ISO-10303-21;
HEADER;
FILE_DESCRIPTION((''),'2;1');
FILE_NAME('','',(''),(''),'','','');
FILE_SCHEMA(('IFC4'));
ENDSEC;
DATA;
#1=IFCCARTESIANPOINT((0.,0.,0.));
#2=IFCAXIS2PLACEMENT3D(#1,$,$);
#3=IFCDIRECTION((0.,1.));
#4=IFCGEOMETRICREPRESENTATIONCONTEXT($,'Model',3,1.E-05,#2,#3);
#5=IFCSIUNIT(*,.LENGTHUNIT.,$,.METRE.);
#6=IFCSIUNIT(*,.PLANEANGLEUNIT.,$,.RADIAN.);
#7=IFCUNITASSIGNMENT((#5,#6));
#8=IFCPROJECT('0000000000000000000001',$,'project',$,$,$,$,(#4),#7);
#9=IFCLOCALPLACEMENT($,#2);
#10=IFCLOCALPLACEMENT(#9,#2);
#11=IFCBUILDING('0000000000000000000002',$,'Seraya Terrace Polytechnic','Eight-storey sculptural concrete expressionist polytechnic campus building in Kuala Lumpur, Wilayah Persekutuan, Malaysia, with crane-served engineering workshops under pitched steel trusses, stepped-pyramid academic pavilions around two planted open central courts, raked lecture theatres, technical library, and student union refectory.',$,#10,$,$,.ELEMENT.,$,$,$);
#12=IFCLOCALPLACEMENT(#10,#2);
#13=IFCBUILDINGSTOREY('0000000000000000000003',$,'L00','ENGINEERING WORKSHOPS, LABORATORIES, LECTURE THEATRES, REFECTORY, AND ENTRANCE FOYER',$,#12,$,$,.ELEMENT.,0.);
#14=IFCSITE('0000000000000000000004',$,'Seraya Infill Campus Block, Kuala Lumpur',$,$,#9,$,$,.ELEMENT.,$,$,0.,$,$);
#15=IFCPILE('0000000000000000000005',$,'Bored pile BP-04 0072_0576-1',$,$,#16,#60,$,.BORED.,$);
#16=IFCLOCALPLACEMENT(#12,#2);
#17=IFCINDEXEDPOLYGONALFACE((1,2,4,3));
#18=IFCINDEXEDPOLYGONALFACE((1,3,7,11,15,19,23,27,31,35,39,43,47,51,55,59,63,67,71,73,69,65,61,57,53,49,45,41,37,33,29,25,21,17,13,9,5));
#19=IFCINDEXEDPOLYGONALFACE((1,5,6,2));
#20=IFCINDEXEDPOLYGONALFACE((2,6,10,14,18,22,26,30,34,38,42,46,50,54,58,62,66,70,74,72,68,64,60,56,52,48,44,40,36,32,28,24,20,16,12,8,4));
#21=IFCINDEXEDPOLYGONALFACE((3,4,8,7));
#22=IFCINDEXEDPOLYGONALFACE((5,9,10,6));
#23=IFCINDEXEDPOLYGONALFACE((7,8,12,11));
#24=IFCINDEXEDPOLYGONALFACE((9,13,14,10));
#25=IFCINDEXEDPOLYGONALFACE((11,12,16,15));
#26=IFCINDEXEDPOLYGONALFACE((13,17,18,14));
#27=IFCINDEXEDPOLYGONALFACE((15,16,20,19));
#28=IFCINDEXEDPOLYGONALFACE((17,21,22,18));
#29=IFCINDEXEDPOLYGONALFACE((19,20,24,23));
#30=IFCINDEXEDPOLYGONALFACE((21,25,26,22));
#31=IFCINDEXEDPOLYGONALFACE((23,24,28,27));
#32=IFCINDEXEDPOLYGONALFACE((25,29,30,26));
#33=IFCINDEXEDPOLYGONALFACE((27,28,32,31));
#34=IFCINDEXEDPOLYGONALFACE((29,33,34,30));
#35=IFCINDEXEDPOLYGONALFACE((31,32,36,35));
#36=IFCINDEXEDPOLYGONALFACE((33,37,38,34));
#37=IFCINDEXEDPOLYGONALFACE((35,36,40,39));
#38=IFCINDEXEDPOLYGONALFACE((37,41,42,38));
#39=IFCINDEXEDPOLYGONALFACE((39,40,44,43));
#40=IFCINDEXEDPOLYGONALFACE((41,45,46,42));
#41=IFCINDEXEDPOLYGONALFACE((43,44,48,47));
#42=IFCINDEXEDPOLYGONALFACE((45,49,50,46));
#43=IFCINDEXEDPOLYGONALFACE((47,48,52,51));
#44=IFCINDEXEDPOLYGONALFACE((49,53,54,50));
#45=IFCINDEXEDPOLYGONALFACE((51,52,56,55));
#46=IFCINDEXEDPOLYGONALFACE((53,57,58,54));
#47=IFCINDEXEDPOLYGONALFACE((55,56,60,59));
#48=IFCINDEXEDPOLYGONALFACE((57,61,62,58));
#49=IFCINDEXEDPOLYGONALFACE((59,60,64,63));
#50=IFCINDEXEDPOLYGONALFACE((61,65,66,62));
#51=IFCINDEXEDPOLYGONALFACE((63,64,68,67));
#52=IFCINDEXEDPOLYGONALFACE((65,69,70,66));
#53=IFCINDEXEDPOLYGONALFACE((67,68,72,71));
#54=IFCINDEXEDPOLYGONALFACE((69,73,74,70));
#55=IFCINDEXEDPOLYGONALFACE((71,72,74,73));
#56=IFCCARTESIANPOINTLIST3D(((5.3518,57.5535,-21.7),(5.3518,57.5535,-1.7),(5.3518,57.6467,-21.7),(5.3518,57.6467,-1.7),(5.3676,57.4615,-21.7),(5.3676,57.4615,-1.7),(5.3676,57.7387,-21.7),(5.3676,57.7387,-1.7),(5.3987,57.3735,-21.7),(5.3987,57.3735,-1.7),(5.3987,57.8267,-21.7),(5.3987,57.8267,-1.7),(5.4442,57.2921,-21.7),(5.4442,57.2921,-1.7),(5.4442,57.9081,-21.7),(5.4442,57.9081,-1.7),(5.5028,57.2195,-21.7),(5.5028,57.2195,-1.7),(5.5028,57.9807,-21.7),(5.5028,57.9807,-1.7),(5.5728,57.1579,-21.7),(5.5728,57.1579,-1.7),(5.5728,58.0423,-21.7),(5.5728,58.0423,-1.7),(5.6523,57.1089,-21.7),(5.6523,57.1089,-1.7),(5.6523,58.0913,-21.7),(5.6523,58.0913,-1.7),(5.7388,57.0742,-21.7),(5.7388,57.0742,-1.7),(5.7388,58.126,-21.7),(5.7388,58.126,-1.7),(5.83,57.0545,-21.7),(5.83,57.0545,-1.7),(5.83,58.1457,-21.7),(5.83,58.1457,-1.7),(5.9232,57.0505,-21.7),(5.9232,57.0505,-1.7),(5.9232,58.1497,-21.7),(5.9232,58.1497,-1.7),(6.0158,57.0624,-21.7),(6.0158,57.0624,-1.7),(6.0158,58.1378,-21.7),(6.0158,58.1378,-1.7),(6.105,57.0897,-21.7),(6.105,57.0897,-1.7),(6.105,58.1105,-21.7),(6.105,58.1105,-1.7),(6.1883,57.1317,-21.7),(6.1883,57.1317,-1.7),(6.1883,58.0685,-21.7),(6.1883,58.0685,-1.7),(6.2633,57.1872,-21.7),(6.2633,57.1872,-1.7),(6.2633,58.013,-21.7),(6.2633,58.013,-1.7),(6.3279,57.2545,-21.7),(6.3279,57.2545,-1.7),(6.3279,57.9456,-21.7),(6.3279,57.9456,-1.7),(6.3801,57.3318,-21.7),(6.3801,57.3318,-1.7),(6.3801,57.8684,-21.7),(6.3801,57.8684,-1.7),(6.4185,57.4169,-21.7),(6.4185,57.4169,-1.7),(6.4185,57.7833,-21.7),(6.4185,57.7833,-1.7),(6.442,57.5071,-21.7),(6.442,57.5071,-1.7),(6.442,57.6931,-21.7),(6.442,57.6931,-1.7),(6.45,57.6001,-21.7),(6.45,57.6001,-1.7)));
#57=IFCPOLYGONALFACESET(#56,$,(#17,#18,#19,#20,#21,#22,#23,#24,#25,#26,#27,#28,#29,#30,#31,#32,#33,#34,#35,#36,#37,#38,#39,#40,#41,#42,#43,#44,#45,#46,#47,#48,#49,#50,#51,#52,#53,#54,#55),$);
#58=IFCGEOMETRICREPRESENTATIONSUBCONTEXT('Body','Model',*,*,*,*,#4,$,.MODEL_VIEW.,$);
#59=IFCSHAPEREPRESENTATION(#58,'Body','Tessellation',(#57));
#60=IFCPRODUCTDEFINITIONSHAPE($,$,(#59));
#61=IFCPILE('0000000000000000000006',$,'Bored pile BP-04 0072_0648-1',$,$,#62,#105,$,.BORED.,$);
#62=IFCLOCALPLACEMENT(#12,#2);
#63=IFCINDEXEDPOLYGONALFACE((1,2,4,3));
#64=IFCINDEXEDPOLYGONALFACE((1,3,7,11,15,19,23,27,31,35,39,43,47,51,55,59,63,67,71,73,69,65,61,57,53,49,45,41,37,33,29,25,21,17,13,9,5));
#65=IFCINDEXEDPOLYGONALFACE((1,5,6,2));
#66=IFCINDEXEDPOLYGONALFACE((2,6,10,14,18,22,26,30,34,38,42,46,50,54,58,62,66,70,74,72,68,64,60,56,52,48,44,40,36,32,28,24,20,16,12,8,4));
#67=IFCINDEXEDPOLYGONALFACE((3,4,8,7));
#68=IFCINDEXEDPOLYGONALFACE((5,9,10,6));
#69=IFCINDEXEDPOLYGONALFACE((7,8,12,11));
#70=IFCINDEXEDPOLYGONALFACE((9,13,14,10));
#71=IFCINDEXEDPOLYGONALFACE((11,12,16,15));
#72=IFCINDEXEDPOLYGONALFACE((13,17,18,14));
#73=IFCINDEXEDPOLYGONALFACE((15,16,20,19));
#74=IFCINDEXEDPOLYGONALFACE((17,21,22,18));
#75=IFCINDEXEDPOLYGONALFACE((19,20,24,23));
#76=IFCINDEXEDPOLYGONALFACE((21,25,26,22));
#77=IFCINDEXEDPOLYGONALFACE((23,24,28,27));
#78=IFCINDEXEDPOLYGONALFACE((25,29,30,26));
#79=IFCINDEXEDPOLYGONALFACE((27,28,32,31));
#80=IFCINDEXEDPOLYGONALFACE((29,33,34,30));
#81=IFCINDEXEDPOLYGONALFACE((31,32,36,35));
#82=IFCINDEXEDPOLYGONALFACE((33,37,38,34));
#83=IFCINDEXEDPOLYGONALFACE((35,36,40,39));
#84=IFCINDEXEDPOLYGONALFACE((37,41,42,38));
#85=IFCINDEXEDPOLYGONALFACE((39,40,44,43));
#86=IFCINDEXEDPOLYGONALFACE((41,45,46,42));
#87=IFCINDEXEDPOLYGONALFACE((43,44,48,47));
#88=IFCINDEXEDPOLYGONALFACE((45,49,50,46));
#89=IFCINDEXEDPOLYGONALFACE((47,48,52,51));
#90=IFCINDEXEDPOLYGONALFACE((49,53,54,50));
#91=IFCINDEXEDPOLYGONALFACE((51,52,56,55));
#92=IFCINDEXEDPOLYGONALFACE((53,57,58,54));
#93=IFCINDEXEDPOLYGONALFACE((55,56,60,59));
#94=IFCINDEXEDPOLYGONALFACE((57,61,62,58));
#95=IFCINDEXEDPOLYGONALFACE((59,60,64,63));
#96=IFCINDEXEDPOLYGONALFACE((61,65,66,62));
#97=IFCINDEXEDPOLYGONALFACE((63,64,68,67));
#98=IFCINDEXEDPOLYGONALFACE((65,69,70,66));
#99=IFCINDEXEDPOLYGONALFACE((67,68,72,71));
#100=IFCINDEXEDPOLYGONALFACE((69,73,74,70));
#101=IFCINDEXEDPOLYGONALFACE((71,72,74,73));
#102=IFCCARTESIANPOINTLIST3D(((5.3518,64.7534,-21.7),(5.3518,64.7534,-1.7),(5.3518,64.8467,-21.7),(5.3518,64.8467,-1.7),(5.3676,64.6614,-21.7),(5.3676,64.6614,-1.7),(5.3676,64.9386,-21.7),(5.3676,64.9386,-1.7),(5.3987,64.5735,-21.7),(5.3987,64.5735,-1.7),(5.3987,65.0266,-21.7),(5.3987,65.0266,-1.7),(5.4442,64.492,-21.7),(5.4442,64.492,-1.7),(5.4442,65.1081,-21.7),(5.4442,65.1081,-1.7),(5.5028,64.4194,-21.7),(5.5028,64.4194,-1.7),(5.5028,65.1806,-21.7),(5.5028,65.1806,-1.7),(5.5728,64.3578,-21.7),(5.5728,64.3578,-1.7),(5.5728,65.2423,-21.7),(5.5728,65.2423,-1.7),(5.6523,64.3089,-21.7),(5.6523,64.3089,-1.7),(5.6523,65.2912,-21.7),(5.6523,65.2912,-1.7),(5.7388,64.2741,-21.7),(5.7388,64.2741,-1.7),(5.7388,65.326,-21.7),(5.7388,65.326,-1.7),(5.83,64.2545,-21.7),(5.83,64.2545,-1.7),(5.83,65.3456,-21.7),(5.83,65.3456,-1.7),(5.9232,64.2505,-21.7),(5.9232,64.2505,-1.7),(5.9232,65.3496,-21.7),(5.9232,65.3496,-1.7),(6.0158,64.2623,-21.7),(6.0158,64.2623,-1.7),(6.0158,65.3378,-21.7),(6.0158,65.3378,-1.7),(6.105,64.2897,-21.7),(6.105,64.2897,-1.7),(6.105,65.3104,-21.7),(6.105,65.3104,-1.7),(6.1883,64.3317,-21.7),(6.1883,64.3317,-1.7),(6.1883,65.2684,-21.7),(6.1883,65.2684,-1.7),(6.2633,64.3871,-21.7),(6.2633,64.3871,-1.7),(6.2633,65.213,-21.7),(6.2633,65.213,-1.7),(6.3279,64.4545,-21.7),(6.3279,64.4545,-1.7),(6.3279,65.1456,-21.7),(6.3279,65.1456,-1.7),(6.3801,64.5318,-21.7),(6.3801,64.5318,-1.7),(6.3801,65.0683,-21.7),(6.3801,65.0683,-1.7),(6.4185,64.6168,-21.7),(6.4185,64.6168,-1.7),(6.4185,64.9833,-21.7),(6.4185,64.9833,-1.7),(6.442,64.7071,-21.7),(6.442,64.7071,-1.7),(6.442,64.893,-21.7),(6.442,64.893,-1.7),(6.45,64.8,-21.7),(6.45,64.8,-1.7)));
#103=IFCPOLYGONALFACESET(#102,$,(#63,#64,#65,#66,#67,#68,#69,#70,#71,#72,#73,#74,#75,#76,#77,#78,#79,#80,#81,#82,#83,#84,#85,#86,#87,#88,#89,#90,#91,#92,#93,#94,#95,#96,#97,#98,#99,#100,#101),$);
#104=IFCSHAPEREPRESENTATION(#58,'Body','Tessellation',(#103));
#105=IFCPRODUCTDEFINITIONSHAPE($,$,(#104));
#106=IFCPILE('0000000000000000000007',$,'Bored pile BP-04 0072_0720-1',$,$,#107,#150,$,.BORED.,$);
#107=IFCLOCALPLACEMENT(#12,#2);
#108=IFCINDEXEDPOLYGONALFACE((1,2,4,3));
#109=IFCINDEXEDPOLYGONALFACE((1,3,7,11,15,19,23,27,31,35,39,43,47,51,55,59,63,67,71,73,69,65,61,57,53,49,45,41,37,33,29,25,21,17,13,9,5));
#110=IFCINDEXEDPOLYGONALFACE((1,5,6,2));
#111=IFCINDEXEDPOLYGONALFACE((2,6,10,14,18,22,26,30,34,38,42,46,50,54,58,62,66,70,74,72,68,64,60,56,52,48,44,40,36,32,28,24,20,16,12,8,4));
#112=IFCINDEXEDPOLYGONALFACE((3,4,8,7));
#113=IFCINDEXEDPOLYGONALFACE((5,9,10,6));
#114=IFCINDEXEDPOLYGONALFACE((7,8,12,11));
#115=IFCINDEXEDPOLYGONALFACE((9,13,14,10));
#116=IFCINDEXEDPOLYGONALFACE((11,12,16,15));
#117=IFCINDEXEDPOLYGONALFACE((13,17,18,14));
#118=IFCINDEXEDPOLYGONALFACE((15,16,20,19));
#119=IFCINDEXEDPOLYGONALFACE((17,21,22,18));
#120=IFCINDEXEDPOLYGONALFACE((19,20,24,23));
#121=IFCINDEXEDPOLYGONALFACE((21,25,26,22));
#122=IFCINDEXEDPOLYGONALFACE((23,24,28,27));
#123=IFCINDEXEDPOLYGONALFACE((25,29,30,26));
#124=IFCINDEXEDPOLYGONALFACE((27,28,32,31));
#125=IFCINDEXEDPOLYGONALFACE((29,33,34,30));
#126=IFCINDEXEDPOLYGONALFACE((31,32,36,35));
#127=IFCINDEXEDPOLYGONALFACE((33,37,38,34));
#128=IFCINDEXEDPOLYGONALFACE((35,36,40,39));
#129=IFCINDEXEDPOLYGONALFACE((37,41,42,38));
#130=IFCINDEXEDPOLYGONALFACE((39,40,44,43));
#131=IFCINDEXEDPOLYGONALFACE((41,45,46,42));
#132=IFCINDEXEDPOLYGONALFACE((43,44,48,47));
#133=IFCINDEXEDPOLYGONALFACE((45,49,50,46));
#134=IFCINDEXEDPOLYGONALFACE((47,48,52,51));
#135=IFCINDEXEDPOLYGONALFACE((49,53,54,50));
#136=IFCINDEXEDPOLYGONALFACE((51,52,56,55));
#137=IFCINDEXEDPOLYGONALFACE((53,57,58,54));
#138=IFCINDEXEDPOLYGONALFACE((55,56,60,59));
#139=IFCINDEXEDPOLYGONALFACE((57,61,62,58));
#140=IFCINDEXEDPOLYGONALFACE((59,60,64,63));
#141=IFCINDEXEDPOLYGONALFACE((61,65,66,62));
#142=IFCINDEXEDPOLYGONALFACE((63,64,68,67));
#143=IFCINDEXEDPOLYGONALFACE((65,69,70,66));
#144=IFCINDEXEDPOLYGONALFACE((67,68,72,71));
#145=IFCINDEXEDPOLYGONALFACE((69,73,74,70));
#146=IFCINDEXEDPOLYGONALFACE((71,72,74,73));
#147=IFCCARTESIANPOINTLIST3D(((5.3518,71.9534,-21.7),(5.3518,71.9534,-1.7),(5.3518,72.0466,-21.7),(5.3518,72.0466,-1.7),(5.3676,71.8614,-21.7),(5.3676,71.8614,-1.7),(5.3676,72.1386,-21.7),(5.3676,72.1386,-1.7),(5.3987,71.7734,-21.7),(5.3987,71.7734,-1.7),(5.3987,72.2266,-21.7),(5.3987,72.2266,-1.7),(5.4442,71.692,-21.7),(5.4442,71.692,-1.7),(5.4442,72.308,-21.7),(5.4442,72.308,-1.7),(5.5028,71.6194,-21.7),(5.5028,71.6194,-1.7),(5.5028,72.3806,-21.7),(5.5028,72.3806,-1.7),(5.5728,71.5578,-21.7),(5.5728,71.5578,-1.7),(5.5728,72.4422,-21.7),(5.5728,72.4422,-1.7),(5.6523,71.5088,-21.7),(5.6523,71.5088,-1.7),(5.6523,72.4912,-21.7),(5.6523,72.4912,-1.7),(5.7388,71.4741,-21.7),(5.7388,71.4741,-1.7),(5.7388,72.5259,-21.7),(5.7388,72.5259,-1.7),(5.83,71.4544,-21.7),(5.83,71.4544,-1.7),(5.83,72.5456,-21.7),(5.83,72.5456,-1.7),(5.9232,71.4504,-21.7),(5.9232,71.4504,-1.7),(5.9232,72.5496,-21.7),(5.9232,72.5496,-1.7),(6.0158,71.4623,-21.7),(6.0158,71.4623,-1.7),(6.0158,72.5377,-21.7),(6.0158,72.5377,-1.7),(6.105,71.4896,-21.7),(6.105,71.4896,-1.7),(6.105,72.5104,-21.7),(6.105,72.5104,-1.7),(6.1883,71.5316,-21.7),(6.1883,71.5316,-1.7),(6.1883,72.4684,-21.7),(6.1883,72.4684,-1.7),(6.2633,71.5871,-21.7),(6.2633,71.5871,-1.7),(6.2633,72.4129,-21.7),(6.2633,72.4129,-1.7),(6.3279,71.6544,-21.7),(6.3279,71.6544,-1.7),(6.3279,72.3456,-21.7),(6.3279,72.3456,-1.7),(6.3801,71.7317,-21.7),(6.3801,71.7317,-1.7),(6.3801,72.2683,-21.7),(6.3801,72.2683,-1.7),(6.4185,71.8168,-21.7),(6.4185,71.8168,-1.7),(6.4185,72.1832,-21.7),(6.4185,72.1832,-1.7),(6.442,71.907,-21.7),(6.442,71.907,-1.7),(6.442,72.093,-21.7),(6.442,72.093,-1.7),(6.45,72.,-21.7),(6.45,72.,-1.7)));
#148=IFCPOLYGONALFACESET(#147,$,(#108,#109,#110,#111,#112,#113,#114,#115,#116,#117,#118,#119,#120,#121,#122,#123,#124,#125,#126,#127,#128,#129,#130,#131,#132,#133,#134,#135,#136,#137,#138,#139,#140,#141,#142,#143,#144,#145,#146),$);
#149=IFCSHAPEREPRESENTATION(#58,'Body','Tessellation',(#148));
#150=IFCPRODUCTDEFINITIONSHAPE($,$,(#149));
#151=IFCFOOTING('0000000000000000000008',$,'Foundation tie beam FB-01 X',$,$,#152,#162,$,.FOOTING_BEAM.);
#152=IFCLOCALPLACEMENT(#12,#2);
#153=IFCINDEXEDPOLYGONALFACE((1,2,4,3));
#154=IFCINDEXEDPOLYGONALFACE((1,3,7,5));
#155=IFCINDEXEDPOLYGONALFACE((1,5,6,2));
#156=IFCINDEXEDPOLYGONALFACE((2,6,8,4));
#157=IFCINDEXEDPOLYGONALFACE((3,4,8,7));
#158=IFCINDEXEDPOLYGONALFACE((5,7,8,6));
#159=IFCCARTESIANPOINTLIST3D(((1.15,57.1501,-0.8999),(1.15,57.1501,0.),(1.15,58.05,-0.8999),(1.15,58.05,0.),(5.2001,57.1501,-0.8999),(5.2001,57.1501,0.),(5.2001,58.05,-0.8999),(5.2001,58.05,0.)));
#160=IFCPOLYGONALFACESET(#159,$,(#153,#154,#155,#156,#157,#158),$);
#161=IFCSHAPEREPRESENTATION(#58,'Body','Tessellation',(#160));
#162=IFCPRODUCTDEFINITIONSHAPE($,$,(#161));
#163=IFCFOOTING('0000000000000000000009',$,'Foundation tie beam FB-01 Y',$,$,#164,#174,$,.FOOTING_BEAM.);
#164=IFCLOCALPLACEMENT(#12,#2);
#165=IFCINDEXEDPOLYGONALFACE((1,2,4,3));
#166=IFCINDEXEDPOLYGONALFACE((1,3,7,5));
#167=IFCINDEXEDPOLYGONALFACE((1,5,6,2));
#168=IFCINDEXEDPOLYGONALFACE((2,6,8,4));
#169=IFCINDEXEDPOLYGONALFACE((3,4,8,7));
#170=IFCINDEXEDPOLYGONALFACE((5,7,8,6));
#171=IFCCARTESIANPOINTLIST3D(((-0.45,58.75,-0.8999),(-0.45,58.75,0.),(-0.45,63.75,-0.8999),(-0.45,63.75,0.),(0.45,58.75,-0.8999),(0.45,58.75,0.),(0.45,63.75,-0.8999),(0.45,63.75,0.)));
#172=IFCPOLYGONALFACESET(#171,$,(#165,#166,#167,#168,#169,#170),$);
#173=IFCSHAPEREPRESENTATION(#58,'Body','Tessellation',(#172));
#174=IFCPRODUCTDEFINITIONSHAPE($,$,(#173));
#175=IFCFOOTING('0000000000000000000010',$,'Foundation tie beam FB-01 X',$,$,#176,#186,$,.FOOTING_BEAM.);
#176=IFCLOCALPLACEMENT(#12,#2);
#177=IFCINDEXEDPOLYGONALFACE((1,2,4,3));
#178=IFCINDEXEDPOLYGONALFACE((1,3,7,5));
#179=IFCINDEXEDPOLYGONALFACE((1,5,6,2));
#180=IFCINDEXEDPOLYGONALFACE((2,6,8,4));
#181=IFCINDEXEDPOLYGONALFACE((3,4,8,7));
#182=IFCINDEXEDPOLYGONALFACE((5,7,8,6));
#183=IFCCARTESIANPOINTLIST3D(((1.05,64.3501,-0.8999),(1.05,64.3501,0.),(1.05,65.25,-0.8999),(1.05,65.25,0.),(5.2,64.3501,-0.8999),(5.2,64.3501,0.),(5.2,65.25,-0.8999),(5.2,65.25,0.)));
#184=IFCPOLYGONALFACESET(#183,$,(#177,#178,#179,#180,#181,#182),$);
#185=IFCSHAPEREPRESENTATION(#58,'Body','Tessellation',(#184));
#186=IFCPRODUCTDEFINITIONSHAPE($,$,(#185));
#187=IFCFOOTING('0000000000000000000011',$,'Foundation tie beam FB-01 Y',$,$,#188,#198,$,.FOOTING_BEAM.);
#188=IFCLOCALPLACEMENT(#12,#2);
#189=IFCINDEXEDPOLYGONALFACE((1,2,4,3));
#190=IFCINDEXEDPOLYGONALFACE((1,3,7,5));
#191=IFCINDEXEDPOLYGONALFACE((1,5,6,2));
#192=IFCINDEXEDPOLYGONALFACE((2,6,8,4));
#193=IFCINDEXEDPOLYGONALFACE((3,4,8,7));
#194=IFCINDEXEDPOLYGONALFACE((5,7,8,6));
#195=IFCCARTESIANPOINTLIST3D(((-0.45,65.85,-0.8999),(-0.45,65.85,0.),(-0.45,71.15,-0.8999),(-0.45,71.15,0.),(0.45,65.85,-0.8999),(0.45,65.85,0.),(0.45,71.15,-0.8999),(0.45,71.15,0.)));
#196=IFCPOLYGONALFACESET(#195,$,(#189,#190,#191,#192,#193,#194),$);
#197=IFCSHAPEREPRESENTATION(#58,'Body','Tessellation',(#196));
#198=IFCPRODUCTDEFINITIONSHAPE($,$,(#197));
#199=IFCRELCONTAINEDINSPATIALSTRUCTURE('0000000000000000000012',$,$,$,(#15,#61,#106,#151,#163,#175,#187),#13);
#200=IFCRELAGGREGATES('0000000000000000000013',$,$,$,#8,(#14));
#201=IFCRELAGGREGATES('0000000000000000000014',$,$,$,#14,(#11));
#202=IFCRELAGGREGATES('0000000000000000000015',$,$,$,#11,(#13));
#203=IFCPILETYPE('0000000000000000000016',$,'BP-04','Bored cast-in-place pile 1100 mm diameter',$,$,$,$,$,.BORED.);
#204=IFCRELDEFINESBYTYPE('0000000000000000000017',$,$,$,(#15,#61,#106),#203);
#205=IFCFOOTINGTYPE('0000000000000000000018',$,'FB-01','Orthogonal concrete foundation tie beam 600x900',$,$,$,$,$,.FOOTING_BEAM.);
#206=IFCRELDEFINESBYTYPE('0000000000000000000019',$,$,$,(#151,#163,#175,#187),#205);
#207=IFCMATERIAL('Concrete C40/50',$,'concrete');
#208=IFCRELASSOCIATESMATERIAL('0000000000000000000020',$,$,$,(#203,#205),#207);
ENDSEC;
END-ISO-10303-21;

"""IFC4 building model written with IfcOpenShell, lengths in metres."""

from ifc_helpers import new_model, si_unit, direction, frame, origin, origin_2d, place, context, subcontext, project, spatial, rectangle, circle, extrude, material, material_profile, profile_set, type_object, element, save


model = new_model("IFC4")

# Units and contexts
model_context = context("Model", 3, precision=1e-05, world=origin(), true_north=direction((0.0, 1.0)))
body_context = subcontext(model_context, "Body", "Model", "MODEL_VIEW")
ifc_project = project(units=[si_unit("LENGTHUNIT", "METRE"), si_unit("PLANEANGLEUNIT", "RADIAN")], contexts=[model_context])

# Site, building, storey
site_placement = place(None, origin())
site = spatial("IfcSite", under=ifc_project, at=site_placement, Name="Seraya Infill Campus Block, Kuala Lumpur", CompositionType="ELEMENT", RefElevation=0.0)
building_placement = place(site_placement, origin())
building = spatial("IfcBuilding", under=site, at=building_placement, Name="Seraya Terrace Polytechnic", Description="Eight-storey sculptural concrete expressionist polytechnic campus building in Kuala Lumpur, Wilayah Persekutuan, Malaysia, with crane-served engineering workshops under pitched steel trusses, stepped-pyramid academic pavilions around two planted open central courts, raked lecture theatres, technical library, and student union refectory.", CompositionType="ELEMENT")
storey_placement = place(building_placement, origin())
storey = spatial("IfcBuildingStorey", under=building, at=storey_placement, Name="L00", Description="ENGINEERING WORKSHOPS, LABORATORIES, LECTURE THEATRES, REFECTORY, AND ENTRANCE FOYER", CompositionType="ELEMENT", Elevation=0.0)

# Piles
ifc_material_1 = material(Name="Concrete C40/50", Category="concrete")
ifc_material_profile_1 = material_profile(ifc_material_1, circle(Radius=0.55, at=origin_2d()), Name="DIA 1100")
ifc_profile_set_1 = profile_set([ifc_material_profile_1], Name="Concrete C40/50")
pile_type = type_object("IfcPileType", Name="BP-04", Description="Bored cast-in-place pile 1100 mm diameter", PredefinedType="BORED", material=ifc_profile_set_1)
for number, where, z_axis, x_axis, name in (
    (1, (5.8999, 57.6001, -1.7), (0.0, 0.0, -1.0), (1.0, 0.0, 0.0), "Bored pile BP-04 0072_0576-1"),
    (2, (5.8999, 64.8, -1.7), (0.0, 0.0, -1.0), (1.0, 0.0, 0.0), "Bored pile BP-04 0072_0648-1"),
    (3, (5.8999, 72.0, -1.7), (0.0, 0.0, -1.0), (1.0, 0.0, 0.0), "Bored pile BP-04 0072_0720-1"),
):
    element("IfcPile", number, at=place(storey_placement, frame(where, z_axis=z_axis, x_axis=x_axis)), inside=storey, type_object=pile_type, Name=name, PredefinedType="BORED", context=body_context, shape_type="SweptSolid", body=[
        extrude(circle(Radius=0.55, at=origin_2d()), origin(), (0.0, 0.0, 1.0), 20.0),
    ])

# Footings
footing_type_1 = type_object("IfcFootingType", Name="FB-01", Description="Orthogonal concrete foundation tie beam 600x900", PredefinedType="FOOTING_BEAM", material=ifc_material_1)
footing_1_placement = place(storey_placement, frame((3.175, 57.6001, -0.8999), z_axis=(0.0, 0.0, 1.0), x_axis=(1.0, 0.0, 0.0)))
element("IfcFooting", 4, at=footing_1_placement, inside=storey, type_object=footing_type_1, Name="Foundation tie beam FB-01 X", PredefinedType="FOOTING_BEAM", context=body_context, shape_type="SweptSolid", body=[
    extrude(rectangle(XDim=4.05, YDim=0.8999, at=origin_2d()), origin(), (0.0, 0.0, 1.0), 0.8999),
])
footing_2_placement = place(storey_placement, frame((0.0, 61.25, -0.8999), z_axis=(0.0, 0.0, 1.0), x_axis=(0.0, 1.0, 0.0)))
element("IfcFooting", 5, at=footing_2_placement, inside=storey, type_object=footing_type_1, Name="Foundation tie beam FB-01 Y", PredefinedType="FOOTING_BEAM", context=body_context, shape_type="SweptSolid", body=[
    extrude(rectangle(XDim=5.0, YDim=0.8999, at=origin_2d()), origin(), (0.0, 0.0, 1.0), 0.8999),
])
footing_3_placement = place(storey_placement, frame((3.125, 64.8, -0.8999), z_axis=(0.0, 0.0, 1.0), x_axis=(1.0, 0.0, 0.0)))
element("IfcFooting", 6, at=footing_3_placement, inside=storey, type_object=footing_type_1, Name="Foundation tie beam FB-01 X", PredefinedType="FOOTING_BEAM", context=body_context, shape_type="SweptSolid", body=[
    extrude(rectangle(XDim=4.1499, YDim=0.8999, at=origin_2d()), origin(), (0.0, 0.0, 1.0), 0.8999),
])
footing_4_placement = place(storey_placement, frame((0.0, 68.5, -0.8999), z_axis=(0.0, 0.0, 1.0), x_axis=(0.0, 1.0, 0.0)))
element("IfcFooting", 7, at=footing_4_placement, inside=storey, type_object=footing_type_1, Name="Foundation tie beam FB-01 Y", PredefinedType="FOOTING_BEAM", context=body_context, shape_type="SweptSolid", body=[
    extrude(rectangle(XDim=5.3, YDim=0.8999, at=origin_2d()), origin(), (0.0, 0.0, 1.0), 0.8999),
])

save(model, "model.ifc")
